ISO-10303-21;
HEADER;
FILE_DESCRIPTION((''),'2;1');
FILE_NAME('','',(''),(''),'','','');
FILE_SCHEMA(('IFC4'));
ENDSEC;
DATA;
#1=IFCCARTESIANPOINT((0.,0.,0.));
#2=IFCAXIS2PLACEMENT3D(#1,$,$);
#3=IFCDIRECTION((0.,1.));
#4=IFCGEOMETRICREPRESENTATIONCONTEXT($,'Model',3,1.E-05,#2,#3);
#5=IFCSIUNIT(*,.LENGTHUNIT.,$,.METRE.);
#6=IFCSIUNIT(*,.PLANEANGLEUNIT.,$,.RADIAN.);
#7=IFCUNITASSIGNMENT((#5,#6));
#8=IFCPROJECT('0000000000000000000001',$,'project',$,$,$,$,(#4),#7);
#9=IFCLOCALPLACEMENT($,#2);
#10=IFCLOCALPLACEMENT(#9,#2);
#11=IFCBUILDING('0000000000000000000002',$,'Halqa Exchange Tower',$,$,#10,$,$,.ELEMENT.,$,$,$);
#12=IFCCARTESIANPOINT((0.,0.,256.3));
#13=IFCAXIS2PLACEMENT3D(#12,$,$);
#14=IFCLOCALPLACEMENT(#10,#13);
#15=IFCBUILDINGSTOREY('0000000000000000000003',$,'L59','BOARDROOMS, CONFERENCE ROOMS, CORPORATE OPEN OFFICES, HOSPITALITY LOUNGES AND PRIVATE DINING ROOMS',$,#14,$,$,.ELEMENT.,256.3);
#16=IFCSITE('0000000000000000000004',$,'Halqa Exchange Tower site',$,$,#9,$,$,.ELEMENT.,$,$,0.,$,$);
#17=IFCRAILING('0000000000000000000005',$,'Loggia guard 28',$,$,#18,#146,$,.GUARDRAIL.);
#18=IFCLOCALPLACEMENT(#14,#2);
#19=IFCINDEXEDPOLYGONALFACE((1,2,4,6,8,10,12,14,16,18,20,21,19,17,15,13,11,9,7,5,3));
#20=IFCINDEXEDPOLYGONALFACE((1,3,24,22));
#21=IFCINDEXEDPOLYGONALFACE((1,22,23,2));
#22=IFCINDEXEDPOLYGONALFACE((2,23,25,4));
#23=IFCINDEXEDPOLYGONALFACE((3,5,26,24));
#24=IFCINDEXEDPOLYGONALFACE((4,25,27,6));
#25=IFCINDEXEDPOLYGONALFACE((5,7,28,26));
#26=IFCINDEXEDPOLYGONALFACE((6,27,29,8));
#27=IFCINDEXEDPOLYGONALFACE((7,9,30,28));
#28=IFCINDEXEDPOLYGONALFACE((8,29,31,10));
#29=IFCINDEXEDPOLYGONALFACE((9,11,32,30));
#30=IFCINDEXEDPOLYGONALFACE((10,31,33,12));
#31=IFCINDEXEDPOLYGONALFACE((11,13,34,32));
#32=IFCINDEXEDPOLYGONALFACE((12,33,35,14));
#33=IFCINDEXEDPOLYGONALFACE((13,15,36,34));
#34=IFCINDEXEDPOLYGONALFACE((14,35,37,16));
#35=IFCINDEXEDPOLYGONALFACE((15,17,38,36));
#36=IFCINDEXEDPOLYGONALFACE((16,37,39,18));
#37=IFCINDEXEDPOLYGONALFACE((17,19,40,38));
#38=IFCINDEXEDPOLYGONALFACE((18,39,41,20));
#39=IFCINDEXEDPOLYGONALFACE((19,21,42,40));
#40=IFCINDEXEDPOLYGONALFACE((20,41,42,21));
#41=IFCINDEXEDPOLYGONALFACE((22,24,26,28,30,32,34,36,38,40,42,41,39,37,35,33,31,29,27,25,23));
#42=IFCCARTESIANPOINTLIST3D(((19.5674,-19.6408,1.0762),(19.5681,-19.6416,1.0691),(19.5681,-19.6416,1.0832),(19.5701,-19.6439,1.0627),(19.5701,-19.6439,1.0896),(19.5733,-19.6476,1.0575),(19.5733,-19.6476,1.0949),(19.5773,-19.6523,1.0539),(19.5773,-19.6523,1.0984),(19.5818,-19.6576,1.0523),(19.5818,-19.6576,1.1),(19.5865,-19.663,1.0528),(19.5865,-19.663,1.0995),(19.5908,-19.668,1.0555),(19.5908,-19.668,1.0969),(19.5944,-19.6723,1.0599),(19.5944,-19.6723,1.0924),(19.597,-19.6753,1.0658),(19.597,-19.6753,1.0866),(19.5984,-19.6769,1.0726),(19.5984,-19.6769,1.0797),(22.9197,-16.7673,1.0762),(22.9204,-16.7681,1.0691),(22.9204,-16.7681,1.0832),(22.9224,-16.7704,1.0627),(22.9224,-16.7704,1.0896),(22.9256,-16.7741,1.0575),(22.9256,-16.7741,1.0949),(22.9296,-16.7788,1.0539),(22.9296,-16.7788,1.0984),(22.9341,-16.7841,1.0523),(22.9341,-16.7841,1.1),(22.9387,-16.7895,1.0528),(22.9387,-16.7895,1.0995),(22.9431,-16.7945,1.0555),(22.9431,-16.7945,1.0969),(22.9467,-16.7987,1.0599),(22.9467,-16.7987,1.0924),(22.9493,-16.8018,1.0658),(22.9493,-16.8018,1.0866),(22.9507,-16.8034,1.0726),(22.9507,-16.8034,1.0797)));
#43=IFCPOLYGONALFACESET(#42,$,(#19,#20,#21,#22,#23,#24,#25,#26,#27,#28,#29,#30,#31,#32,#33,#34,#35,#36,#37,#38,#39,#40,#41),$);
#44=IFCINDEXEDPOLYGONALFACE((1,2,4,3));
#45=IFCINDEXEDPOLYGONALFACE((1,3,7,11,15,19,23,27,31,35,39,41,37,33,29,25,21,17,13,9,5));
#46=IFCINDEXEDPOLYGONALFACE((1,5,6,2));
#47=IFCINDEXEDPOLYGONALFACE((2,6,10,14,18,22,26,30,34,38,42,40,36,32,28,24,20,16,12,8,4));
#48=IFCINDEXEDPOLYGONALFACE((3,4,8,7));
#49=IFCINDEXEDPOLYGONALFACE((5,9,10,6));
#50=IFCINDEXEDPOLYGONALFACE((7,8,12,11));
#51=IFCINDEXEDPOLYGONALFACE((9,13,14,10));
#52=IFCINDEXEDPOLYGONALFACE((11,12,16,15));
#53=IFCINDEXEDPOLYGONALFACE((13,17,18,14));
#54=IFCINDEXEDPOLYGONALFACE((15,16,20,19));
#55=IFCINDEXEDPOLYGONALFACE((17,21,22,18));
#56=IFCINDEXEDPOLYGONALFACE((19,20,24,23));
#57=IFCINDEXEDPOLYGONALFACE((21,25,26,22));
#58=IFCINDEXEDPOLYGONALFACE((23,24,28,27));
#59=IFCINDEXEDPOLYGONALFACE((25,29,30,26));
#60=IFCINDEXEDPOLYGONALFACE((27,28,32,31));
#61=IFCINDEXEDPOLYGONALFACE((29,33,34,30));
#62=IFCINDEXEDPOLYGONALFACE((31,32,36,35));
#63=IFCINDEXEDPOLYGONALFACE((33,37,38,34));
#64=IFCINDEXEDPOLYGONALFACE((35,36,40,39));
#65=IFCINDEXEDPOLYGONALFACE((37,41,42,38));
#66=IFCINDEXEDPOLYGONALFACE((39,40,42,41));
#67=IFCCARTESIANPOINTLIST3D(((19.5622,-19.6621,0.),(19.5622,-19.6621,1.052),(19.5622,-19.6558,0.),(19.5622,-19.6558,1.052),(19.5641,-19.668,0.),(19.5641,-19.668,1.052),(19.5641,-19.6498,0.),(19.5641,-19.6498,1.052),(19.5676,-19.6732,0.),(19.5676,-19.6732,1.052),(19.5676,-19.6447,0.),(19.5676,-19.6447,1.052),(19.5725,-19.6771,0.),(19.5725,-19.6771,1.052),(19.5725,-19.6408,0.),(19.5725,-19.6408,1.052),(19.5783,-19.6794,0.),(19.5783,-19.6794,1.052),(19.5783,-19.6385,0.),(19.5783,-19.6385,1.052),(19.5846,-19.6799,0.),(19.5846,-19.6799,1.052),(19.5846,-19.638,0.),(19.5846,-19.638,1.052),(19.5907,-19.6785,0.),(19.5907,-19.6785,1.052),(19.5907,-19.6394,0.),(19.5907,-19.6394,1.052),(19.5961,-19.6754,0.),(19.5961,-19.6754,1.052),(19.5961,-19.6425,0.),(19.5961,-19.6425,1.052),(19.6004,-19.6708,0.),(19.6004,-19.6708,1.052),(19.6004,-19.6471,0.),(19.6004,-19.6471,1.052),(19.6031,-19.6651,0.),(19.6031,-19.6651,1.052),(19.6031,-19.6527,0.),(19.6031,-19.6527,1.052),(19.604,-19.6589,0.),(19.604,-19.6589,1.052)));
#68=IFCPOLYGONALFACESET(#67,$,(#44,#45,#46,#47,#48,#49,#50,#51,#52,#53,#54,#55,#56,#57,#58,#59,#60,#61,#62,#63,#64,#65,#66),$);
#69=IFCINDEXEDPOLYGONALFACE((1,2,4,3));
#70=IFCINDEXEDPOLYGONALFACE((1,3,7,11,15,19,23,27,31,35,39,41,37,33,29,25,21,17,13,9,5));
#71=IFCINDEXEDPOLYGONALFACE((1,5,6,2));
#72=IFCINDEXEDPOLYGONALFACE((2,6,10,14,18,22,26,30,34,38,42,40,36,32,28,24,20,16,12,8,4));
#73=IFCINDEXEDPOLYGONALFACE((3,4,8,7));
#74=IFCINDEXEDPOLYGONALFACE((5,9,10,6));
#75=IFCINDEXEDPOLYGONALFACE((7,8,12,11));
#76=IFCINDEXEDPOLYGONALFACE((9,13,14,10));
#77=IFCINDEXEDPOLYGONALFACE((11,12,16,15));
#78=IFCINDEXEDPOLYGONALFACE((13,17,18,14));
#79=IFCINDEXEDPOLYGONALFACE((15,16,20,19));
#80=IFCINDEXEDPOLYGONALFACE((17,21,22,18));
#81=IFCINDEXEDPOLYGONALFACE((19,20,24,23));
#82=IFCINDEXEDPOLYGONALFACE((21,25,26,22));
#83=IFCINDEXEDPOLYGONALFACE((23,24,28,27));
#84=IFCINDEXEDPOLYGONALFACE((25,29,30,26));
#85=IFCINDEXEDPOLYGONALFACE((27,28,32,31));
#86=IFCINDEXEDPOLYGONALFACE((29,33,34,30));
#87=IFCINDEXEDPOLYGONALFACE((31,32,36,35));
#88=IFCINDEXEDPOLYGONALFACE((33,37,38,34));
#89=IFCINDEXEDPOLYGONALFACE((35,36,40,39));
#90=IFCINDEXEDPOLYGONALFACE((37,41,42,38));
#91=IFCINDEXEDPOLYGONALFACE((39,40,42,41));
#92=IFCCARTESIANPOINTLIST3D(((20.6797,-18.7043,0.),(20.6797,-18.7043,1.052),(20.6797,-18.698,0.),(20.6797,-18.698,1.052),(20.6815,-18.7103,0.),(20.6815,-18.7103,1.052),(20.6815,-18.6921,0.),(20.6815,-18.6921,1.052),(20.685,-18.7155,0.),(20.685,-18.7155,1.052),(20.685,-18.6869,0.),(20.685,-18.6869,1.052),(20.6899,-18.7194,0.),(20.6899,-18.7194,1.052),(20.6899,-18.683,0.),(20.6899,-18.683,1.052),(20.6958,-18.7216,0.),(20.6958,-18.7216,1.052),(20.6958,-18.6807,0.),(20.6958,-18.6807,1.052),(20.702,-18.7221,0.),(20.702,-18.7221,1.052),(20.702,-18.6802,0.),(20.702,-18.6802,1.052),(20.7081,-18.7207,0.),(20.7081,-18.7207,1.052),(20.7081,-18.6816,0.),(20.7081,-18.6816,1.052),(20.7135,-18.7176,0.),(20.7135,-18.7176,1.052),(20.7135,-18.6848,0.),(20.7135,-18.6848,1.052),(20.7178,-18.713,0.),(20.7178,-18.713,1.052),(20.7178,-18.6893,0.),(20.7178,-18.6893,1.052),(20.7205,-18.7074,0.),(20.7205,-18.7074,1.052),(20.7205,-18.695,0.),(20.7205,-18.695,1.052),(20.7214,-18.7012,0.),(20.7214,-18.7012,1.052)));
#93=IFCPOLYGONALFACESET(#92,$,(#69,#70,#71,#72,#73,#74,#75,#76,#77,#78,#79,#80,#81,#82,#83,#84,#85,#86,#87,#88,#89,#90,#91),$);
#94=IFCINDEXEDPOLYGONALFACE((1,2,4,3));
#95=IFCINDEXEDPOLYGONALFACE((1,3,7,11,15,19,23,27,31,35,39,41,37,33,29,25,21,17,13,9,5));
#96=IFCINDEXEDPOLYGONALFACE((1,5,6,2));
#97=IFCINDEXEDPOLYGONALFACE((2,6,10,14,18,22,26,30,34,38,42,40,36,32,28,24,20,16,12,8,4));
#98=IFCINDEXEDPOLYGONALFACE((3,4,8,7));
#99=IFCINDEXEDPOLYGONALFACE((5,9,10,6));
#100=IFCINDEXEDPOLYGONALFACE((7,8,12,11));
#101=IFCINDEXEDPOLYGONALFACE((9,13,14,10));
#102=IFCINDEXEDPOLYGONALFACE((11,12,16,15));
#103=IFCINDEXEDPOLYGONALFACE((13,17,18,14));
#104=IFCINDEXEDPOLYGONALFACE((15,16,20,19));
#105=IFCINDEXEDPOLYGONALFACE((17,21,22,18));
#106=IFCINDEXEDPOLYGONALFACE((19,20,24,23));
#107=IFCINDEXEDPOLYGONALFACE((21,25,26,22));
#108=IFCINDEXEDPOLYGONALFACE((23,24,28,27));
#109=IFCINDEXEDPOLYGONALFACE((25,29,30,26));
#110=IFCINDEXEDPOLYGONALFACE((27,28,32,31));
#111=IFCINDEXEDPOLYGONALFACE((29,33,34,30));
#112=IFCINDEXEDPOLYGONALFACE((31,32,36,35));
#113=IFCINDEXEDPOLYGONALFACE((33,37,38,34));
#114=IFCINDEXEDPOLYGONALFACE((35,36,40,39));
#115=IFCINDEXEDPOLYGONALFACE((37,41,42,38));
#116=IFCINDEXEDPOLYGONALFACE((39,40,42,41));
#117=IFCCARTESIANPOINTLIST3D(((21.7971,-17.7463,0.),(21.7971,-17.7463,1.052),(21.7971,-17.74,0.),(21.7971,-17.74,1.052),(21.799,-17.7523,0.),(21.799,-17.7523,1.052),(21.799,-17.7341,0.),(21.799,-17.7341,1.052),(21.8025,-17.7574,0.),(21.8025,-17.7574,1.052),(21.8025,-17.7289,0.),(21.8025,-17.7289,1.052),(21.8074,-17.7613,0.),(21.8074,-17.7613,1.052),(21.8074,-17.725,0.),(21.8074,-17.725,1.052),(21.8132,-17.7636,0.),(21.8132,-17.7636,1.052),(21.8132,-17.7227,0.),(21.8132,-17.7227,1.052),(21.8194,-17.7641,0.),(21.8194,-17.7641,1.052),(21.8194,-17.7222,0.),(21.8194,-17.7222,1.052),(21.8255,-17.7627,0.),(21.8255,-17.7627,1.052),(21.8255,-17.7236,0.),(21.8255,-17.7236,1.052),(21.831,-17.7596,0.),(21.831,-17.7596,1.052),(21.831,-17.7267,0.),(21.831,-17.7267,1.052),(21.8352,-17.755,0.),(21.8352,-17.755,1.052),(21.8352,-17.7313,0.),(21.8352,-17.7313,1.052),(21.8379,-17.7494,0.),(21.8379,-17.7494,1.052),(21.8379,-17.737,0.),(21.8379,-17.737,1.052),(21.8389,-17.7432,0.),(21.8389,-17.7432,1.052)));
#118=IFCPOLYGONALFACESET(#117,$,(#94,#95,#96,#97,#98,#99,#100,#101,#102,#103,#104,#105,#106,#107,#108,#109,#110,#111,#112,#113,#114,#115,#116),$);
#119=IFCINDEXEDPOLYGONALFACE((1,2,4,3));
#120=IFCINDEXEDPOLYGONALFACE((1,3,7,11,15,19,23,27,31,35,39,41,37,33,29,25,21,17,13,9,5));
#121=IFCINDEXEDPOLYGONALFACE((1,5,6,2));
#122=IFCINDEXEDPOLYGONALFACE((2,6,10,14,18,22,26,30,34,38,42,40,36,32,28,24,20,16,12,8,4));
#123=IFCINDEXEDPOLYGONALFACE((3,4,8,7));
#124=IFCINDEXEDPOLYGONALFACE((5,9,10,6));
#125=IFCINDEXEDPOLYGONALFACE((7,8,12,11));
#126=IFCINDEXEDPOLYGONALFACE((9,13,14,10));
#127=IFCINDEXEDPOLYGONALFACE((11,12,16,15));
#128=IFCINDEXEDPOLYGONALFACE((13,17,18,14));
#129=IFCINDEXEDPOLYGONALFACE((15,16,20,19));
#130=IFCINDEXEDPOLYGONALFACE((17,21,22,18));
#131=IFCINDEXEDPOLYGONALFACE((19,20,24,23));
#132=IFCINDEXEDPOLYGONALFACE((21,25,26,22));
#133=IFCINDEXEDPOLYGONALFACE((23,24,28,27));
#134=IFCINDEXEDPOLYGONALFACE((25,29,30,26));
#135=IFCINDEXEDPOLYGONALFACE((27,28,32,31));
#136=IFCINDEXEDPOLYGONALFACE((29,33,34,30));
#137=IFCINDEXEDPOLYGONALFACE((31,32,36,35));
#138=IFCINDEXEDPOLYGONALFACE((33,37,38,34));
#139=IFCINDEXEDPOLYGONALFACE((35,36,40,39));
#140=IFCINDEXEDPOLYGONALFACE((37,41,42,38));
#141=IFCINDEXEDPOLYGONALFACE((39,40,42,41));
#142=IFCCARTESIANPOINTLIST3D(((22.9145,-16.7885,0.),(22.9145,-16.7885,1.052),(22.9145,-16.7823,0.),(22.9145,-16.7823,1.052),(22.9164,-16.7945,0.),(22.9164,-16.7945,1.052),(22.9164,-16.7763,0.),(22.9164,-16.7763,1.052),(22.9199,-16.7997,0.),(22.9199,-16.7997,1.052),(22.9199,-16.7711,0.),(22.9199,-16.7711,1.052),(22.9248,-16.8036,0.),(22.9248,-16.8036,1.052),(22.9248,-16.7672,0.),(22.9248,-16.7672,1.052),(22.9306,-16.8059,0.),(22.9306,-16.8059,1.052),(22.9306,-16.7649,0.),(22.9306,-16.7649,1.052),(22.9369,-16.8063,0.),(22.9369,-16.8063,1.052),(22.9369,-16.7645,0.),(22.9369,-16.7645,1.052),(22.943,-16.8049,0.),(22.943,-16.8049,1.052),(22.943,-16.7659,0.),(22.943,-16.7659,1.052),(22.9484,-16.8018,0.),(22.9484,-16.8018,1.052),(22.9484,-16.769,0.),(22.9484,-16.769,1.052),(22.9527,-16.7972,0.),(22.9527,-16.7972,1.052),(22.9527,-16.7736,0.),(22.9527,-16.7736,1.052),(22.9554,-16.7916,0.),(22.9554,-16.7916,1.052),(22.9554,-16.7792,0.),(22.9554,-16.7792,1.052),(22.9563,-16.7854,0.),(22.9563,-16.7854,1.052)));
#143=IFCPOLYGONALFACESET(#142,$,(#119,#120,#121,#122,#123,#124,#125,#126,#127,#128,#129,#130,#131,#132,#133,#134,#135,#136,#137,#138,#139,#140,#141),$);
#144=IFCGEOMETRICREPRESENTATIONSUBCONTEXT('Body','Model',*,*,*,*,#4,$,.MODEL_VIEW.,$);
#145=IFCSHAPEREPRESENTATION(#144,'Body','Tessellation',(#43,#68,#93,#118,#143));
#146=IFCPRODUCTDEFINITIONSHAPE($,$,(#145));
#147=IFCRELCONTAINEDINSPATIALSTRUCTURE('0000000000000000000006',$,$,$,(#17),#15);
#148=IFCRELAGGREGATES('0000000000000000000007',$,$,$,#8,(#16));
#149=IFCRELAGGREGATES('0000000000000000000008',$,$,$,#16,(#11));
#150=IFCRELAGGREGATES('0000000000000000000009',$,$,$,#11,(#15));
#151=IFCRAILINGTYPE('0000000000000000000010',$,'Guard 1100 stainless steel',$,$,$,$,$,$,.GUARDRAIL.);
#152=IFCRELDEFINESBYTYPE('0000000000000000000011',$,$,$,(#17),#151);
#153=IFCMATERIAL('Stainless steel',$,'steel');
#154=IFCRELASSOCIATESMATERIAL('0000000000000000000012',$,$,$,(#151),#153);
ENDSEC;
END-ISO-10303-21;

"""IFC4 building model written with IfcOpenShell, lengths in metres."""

from ifc_helpers import new_model, si_unit, direction, frame, origin, origin_2d, place, context, subcontext, project, spatial, circle, extrude, material, type_object, element, save


model = new_model("IFC4")

# Units and contexts
model_context = context("Model", 3, precision=1e-05, world=origin(), true_north=direction((0.0, 1.0)))
body_context = subcontext(model_context, "Body", "Model", "MODEL_VIEW")
ifc_project = project(units=[si_unit("LENGTHUNIT", "METRE"), si_unit("PLANEANGLEUNIT", "RADIAN")], contexts=[model_context])

# Site, building, storey
site_placement = place(None, origin())
site = spatial("IfcSite", under=ifc_project, at=site_placement, Name="Halqa Exchange Tower site", CompositionType="ELEMENT", RefElevation=0.0)
building_placement = place(site_placement, origin())
building = spatial("IfcBuilding", under=site, at=building_placement, Name="Halqa Exchange Tower", CompositionType="ELEMENT")
storey_placement = place(building_placement, frame((0.0, 0.0, 256.3)))
storey = spatial("IfcBuildingStorey", under=building, at=storey_placement, Name="L59", Description="BOARDROOMS, CONFERENCE ROOMS, CORPORATE OPEN OFFICES, HOSPITALITY LOUNGES AND PRIVATE DINING ROOMS", CompositionType="ELEMENT", Elevation=256.3)

# Railing
ifc_material_1 = material(Name="Stainless steel", Category="steel")
railing_type = type_object("IfcRailingType", Name="Guard 1100 stainless steel", PredefinedType="GUARDRAIL", material=ifc_material_1)
railing_1_placement = place(storey_placement, frame((19.583, -19.6589, 0.0)))
element("IfcRailing", 1, at=railing_1_placement, inside=storey, type_object=railing_type, Name="Loggia guard 28", PredefinedType="GUARDRAIL", context=body_context, shape_type="SweptSolid", body=[
    extrude(circle(Radius=0.0239, at=origin_2d()), frame((0.0, 0.0, 1.0762), z_axis=(0.759241, 0.65081, 0.0), x_axis=(-0.65081, 0.759241, 0.0)), (0.0, 0.0, 1.0), 4.4153),
    extrude(circle(Radius=0.021, at=origin_2d()), origin(), (0.0, 0.0, 1.0), 1.052),
    extrude(circle(Radius=0.021, at=origin_2d()), frame((1.1174, 0.9578, 0.0)), (0.0, 0.0, 1.0), 1.052),
    extrude(circle(Radius=0.021, at=origin_2d()), frame((2.2349, 1.9158, 0.0)), (0.0, 0.0, 1.0), 1.052),
    extrude(circle(Radius=0.021, at=origin_2d()), frame((3.3523, 2.8735, 0.0)), (0.0, 0.0, 1.0), 1.052),
])

save(model, "model.ifc")
